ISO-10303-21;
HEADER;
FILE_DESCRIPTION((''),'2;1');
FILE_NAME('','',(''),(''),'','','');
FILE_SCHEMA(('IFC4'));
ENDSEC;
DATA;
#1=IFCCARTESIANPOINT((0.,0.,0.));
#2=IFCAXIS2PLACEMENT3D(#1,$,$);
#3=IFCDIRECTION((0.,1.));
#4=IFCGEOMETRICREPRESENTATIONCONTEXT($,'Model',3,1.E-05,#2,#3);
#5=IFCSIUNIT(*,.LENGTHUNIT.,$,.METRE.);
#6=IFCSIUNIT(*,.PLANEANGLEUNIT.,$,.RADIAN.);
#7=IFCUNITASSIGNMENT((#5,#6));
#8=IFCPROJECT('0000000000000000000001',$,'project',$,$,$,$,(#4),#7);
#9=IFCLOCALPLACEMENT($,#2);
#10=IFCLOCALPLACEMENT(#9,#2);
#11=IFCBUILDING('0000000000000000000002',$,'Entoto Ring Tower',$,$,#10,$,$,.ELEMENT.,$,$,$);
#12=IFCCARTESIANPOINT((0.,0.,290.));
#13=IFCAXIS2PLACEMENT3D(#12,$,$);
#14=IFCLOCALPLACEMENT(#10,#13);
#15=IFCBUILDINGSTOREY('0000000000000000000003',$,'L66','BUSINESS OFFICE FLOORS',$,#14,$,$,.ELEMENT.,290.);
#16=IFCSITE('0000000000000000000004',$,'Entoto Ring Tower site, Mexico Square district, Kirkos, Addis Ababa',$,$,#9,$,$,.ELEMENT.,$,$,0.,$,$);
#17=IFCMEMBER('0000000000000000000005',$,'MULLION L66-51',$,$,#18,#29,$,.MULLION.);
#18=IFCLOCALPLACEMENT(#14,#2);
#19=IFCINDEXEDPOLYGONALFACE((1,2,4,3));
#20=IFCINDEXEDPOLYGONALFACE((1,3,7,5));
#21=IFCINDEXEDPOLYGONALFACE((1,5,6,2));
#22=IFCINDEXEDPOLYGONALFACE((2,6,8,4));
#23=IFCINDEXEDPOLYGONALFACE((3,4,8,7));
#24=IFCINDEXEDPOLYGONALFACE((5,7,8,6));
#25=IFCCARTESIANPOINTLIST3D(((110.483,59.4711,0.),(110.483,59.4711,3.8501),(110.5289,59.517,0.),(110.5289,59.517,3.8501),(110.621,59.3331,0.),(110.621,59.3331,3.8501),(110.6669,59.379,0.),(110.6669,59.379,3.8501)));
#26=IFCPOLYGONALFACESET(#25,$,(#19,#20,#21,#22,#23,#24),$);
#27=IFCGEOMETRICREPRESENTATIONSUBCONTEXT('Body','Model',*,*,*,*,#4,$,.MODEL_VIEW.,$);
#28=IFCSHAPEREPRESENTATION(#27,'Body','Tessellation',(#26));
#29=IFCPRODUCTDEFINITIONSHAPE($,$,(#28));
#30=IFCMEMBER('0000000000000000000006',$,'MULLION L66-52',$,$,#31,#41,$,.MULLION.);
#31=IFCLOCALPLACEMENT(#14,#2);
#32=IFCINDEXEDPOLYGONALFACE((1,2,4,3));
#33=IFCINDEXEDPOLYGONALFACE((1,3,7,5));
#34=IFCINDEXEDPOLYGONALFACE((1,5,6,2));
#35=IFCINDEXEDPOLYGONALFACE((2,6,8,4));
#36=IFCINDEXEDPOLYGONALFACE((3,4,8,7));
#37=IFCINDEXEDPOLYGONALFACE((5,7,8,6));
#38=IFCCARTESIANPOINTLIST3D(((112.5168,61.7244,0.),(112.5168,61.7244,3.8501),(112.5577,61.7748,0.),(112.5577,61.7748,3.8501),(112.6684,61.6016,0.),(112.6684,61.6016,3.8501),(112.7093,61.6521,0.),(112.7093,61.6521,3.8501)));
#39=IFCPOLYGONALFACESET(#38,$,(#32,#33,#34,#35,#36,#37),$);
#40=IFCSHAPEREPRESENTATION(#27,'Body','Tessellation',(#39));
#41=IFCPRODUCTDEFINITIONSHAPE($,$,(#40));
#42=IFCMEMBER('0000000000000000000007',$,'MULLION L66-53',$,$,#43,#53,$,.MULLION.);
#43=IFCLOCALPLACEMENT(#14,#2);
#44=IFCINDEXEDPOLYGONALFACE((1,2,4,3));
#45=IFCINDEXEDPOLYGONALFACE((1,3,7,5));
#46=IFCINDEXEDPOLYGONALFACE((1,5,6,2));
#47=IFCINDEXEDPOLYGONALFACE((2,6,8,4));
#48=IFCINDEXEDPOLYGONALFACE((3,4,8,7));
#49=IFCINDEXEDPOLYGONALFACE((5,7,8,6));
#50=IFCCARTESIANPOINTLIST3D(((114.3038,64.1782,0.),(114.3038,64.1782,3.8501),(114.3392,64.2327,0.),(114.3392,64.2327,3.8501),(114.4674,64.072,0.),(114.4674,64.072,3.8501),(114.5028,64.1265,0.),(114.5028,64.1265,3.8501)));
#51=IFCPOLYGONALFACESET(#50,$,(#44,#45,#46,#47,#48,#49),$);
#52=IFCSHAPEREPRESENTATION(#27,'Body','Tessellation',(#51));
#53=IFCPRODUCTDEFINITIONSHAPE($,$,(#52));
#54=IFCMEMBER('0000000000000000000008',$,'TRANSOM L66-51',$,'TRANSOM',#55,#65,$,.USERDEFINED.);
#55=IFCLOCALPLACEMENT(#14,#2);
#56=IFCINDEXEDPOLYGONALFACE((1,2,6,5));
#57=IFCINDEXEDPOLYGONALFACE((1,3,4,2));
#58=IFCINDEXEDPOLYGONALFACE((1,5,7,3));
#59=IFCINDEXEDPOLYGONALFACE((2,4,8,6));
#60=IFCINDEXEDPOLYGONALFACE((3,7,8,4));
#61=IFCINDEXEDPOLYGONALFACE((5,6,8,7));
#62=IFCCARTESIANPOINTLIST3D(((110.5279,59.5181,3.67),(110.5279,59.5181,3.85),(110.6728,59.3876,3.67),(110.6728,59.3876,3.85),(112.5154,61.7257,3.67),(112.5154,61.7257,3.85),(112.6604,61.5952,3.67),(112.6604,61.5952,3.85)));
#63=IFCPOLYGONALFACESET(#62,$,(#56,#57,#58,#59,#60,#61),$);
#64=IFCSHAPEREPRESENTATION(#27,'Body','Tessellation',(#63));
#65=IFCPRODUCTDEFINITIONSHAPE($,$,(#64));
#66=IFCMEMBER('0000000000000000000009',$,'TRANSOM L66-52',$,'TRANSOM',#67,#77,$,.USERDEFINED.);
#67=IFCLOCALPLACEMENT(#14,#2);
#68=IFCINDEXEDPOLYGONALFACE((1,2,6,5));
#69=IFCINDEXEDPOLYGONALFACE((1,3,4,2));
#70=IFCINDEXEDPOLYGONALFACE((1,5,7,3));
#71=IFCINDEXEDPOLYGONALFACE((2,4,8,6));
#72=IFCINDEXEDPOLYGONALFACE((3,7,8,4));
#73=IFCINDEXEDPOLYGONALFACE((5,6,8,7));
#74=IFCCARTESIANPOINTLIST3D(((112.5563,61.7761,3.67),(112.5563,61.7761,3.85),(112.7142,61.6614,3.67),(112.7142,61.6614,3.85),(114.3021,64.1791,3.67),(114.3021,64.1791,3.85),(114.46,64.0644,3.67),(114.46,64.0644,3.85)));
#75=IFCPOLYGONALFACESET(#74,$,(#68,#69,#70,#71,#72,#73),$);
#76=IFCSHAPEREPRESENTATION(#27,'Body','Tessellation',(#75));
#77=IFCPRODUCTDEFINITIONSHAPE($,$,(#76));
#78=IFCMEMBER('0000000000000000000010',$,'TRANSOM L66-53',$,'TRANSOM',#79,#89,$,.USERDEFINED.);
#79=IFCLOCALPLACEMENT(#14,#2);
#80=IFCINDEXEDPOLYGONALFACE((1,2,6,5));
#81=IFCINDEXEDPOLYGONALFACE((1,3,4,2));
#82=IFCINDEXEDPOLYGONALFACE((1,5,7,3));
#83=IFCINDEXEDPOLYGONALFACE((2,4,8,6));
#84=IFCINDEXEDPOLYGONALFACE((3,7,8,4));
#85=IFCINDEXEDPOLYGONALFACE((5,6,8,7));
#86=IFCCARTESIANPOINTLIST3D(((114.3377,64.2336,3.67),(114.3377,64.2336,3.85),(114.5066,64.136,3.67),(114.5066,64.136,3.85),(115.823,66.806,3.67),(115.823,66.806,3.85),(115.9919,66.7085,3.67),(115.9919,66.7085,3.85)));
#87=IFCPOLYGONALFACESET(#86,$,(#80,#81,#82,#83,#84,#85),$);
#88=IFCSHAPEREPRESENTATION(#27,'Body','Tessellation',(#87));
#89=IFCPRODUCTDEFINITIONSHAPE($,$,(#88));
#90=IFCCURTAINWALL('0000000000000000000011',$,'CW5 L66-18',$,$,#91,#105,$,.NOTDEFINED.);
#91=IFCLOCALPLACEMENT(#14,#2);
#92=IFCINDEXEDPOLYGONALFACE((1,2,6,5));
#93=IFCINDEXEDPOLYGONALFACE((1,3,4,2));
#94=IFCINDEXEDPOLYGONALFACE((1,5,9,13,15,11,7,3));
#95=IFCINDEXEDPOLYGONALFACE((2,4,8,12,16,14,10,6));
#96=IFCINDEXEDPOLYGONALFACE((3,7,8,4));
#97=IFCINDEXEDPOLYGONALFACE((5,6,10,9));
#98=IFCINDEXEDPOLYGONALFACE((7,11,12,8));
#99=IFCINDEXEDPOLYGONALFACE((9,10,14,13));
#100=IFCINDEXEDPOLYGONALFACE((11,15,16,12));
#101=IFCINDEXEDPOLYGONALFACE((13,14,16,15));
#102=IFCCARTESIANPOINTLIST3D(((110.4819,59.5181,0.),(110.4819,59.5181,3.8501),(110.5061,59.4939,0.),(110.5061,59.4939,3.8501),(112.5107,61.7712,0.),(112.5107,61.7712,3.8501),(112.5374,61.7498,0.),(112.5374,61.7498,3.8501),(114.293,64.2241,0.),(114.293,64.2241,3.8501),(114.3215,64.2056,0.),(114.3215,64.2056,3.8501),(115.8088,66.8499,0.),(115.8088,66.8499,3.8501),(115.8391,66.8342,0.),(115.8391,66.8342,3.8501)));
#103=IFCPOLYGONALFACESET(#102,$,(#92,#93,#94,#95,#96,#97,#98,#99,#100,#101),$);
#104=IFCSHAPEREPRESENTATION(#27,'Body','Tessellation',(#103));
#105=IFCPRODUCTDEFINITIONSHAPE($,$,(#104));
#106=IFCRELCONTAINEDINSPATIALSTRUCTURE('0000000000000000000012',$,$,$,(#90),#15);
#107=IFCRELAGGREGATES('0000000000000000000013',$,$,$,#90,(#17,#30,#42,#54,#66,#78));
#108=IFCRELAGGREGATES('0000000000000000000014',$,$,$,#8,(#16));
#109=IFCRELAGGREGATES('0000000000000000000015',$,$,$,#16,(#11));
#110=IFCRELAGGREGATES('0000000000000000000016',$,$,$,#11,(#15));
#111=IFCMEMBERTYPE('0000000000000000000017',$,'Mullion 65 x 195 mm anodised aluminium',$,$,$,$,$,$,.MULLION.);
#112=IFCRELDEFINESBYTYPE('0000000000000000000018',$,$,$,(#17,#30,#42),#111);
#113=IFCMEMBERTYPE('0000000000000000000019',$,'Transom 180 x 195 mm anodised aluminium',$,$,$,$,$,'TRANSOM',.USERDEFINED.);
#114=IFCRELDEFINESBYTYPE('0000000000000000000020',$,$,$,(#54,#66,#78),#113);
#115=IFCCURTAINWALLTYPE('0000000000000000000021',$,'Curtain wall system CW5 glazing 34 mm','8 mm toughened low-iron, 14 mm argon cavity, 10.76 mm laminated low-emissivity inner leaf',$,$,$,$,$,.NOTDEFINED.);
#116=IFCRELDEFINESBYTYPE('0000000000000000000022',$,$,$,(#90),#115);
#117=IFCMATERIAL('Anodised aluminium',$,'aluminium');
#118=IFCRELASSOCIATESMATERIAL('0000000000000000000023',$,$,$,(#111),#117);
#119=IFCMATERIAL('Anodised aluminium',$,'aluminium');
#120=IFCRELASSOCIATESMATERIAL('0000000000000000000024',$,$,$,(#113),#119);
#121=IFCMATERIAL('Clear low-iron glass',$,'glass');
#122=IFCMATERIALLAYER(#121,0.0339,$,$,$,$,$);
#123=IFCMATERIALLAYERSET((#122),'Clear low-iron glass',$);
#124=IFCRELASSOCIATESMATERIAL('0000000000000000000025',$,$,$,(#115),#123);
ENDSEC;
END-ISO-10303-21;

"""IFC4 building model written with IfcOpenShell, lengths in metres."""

from ifc_helpers import new_model, si_unit, direction, frame, origin, origin_2d, place, context, subcontext, project, spatial, polyline, rectangle, outline, extrude, material, layer, layer_set, material_profile, profile_set, type_object, element, aggregate, save


model = new_model("IFC4")

# Units and contexts
model_context = context("Model", 3, precision=1e-05, world=origin(), true_north=direction((0.0, 1.0)))
body_context = subcontext(model_context, "Body", "Model", "MODEL_VIEW")
ifc_project = project(units=[si_unit("LENGTHUNIT", "METRE"), si_unit("PLANEANGLEUNIT", "RADIAN")], contexts=[model_context])

# Members
ifc_material_1 = material(Name="Anodised aluminium", Category="aluminium")
ifc_material_profile_1 = material_profile(ifc_material_1, rectangle(XDim=0.0649, YDim=0.1951, at=origin_2d()), Name="Mullion 65 x 195 mm anodised aluminium")
ifc_profile_set_1 = profile_set([ifc_material_profile_1], Name="Anodised aluminium")
member_type_1 = type_object("IfcMemberType", Name="Mullion 65 x 195 mm anodised aluminium", PredefinedType="MULLION", material=ifc_profile_set_1)
site_placement = place(None, origin())
building_placement = place(site_placement, origin())
storey_placement = place(building_placement, frame((0.0, 0.0, 290.0)))
member_1_placement = place(storey_placement, frame((110.575, 59.425, 0.0), z_axis=(0.0, 0.0, 1.0), x_axis=(0.707107, 0.707107, 0.0)))
member_1 = element("IfcMember", 1, at=member_1_placement, type_object=member_type_1, Name="MULLION L66-51", PredefinedType="MULLION", context=body_context, shape_type="SweptSolid", body=[
    extrude(rectangle(XDim=0.0649, YDim=0.1951, at=origin_2d()), origin(), (0.0, 0.0, 1.0), 3.8501),
])
member_2_placement = place(storey_placement, frame((112.613, 61.6882, 0.0), z_axis=(0.0, 0.0, 1.0), x_axis=(0.62932, 0.777146, 0.0)))
member_2 = element("IfcMember", 2, at=member_2_placement, type_object=member_type_1, Name="MULLION L66-52", PredefinedType="MULLION", context=body_context, shape_type="SweptSolid", body=[
    extrude(rectangle(XDim=0.0649, YDim=0.1951, at=origin_2d()), origin(), (0.0, 0.0, 1.0), 3.8501),
])
member_3_placement = place(storey_placement, frame((114.4033, 64.1523, 0.0), z_axis=(0.0, 0.0, 1.0), x_axis=(0.544639, 0.838671, 0.0)))
member_3 = element("IfcMember", 3, at=member_3_placement, type_object=member_type_1, Name="MULLION L66-53", PredefinedType="MULLION", context=body_context, shape_type="SweptSolid", body=[
    extrude(rectangle(XDim=0.0649, YDim=0.1951, at=origin_2d()), origin(), (0.0, 0.0, 1.0), 3.8501),
])
ifc_material_2 = material(Name="Anodised aluminium", Category="aluminium")
ifc_material_profile_2 = material_profile(ifc_material_2, rectangle(XDim=0.1951, YDim=0.1799, at=origin_2d()), Name="Transom 180 x 195 mm anodised aluminium")
ifc_profile_set_2 = profile_set([ifc_material_profile_2], Name="Anodised aluminium")
member_type_2 = type_object("IfcMemberType", Name="Transom 180 x 195 mm anodised aluminium", ElementType="TRANSOM", PredefinedType="USERDEFINED", material=ifc_profile_set_2)
member_4_placement = place(storey_placement, frame((110.6003, 59.4529, 3.76), z_axis=(0.66911, 0.743163, 0.0), x_axis=(-0.743163, 0.66911, 0.0)))
member_4 = element("IfcMember", 4, at=member_4_placement, type_object=member_type_2, Name="TRANSOM L66-51", ObjectType="TRANSOM", PredefinedType="USERDEFINED", context=body_context, shape_type="SweptSolid", body=[
    extrude(rectangle(XDim=0.1951, YDim=0.1799, at=origin_2d()), origin(), (0.0, 0.0, 1.0), 2.9705),
])
member_5_placement = place(storey_placement, frame((112.6353, 61.7188, 3.76), z_axis=(0.587766, 0.809031, 0.0), x_axis=(-0.809031, 0.587766, 0.0)))
member_5 = element("IfcMember", 5, at=member_5_placement, type_object=member_type_2, Name="TRANSOM L66-52", ObjectType="TRANSOM", PredefinedType="USERDEFINED", context=body_context, shape_type="SweptSolid", body=[
    extrude(rectangle(XDim=0.1951, YDim=0.1799, at=origin_2d()), origin(), (0.0, 0.0, 1.0), 2.9702),
])
member_6_placement = place(storey_placement, frame((114.4221, 64.1848, 3.76), z_axis=(0.500028, 0.866009, 0.0), x_axis=(-0.866009, 0.500028, 0.0)))
member_6 = element("IfcMember", 6, at=member_6_placement, type_object=member_type_2, Name="TRANSOM L66-53", ObjectType="TRANSOM", PredefinedType="USERDEFINED", context=body_context, shape_type="SweptSolid", body=[
    extrude(rectangle(XDim=0.1951, YDim=0.1799, at=origin_2d()), origin(), (0.0, 0.0, 1.0), 2.9705),
])

# Site, building, storey
site = spatial("IfcSite", under=ifc_project, at=site_placement, Name="Entoto Ring Tower site, Mexico Square district, Kirkos, Addis Ababa", CompositionType="ELEMENT", RefElevation=0.0)
building = spatial("IfcBuilding", under=site, at=building_placement, Name="Entoto Ring Tower", CompositionType="ELEMENT")
storey = spatial("IfcBuildingStorey", under=building, at=storey_placement, Name="L66", Description="BUSINESS OFFICE FLOORS", CompositionType="ELEMENT", Elevation=290.0)

# Curtain wall
ifc_material_3 = material(Name="Clear low-iron glass", Category="glass")
ifc_layer_1 = layer(ifc_material_3, 0.0339)
ifc_layer_set_1 = layer_set([ifc_layer_1], Name="Clear low-iron glass")
curtain_wall_type = type_object("IfcCurtainWallType", Name="Curtain wall system CW5 glazing 34 mm", Description="8 mm toughened low-iron, 14 mm argon cavity, 10.76 mm laminated low-emissivity inner leaf", PredefinedType="NOTDEFINED", material=ifc_layer_set_1)
curtain_wall_1_placement = place(storey_placement, origin())
curtain_wall_1 = element("IfcCurtainWall", 7, at=curtain_wall_1_placement, inside=storey, type_object=curtain_wall_type, Name="CW5 L66-18", PredefinedType="NOTDEFINED", context=body_context, shape_type="SweptSolid", body=[
    extrude(outline(polyline([(110.5061, 59.4939), (112.5374, 61.7498), (114.3215, 64.2056), (115.8391, 66.8342), (115.8088, 66.8499), (114.293, 64.2241), (112.5107, 61.7712), (110.4819, 59.5181), (110.5061, 59.4939)])), origin(), (0.0, 0.0, 1.0), 3.8501),
])
aggregate(curtain_wall_1, [member_1, member_2, member_3, member_4, member_5, member_6])

save(model, "model.ifc")
